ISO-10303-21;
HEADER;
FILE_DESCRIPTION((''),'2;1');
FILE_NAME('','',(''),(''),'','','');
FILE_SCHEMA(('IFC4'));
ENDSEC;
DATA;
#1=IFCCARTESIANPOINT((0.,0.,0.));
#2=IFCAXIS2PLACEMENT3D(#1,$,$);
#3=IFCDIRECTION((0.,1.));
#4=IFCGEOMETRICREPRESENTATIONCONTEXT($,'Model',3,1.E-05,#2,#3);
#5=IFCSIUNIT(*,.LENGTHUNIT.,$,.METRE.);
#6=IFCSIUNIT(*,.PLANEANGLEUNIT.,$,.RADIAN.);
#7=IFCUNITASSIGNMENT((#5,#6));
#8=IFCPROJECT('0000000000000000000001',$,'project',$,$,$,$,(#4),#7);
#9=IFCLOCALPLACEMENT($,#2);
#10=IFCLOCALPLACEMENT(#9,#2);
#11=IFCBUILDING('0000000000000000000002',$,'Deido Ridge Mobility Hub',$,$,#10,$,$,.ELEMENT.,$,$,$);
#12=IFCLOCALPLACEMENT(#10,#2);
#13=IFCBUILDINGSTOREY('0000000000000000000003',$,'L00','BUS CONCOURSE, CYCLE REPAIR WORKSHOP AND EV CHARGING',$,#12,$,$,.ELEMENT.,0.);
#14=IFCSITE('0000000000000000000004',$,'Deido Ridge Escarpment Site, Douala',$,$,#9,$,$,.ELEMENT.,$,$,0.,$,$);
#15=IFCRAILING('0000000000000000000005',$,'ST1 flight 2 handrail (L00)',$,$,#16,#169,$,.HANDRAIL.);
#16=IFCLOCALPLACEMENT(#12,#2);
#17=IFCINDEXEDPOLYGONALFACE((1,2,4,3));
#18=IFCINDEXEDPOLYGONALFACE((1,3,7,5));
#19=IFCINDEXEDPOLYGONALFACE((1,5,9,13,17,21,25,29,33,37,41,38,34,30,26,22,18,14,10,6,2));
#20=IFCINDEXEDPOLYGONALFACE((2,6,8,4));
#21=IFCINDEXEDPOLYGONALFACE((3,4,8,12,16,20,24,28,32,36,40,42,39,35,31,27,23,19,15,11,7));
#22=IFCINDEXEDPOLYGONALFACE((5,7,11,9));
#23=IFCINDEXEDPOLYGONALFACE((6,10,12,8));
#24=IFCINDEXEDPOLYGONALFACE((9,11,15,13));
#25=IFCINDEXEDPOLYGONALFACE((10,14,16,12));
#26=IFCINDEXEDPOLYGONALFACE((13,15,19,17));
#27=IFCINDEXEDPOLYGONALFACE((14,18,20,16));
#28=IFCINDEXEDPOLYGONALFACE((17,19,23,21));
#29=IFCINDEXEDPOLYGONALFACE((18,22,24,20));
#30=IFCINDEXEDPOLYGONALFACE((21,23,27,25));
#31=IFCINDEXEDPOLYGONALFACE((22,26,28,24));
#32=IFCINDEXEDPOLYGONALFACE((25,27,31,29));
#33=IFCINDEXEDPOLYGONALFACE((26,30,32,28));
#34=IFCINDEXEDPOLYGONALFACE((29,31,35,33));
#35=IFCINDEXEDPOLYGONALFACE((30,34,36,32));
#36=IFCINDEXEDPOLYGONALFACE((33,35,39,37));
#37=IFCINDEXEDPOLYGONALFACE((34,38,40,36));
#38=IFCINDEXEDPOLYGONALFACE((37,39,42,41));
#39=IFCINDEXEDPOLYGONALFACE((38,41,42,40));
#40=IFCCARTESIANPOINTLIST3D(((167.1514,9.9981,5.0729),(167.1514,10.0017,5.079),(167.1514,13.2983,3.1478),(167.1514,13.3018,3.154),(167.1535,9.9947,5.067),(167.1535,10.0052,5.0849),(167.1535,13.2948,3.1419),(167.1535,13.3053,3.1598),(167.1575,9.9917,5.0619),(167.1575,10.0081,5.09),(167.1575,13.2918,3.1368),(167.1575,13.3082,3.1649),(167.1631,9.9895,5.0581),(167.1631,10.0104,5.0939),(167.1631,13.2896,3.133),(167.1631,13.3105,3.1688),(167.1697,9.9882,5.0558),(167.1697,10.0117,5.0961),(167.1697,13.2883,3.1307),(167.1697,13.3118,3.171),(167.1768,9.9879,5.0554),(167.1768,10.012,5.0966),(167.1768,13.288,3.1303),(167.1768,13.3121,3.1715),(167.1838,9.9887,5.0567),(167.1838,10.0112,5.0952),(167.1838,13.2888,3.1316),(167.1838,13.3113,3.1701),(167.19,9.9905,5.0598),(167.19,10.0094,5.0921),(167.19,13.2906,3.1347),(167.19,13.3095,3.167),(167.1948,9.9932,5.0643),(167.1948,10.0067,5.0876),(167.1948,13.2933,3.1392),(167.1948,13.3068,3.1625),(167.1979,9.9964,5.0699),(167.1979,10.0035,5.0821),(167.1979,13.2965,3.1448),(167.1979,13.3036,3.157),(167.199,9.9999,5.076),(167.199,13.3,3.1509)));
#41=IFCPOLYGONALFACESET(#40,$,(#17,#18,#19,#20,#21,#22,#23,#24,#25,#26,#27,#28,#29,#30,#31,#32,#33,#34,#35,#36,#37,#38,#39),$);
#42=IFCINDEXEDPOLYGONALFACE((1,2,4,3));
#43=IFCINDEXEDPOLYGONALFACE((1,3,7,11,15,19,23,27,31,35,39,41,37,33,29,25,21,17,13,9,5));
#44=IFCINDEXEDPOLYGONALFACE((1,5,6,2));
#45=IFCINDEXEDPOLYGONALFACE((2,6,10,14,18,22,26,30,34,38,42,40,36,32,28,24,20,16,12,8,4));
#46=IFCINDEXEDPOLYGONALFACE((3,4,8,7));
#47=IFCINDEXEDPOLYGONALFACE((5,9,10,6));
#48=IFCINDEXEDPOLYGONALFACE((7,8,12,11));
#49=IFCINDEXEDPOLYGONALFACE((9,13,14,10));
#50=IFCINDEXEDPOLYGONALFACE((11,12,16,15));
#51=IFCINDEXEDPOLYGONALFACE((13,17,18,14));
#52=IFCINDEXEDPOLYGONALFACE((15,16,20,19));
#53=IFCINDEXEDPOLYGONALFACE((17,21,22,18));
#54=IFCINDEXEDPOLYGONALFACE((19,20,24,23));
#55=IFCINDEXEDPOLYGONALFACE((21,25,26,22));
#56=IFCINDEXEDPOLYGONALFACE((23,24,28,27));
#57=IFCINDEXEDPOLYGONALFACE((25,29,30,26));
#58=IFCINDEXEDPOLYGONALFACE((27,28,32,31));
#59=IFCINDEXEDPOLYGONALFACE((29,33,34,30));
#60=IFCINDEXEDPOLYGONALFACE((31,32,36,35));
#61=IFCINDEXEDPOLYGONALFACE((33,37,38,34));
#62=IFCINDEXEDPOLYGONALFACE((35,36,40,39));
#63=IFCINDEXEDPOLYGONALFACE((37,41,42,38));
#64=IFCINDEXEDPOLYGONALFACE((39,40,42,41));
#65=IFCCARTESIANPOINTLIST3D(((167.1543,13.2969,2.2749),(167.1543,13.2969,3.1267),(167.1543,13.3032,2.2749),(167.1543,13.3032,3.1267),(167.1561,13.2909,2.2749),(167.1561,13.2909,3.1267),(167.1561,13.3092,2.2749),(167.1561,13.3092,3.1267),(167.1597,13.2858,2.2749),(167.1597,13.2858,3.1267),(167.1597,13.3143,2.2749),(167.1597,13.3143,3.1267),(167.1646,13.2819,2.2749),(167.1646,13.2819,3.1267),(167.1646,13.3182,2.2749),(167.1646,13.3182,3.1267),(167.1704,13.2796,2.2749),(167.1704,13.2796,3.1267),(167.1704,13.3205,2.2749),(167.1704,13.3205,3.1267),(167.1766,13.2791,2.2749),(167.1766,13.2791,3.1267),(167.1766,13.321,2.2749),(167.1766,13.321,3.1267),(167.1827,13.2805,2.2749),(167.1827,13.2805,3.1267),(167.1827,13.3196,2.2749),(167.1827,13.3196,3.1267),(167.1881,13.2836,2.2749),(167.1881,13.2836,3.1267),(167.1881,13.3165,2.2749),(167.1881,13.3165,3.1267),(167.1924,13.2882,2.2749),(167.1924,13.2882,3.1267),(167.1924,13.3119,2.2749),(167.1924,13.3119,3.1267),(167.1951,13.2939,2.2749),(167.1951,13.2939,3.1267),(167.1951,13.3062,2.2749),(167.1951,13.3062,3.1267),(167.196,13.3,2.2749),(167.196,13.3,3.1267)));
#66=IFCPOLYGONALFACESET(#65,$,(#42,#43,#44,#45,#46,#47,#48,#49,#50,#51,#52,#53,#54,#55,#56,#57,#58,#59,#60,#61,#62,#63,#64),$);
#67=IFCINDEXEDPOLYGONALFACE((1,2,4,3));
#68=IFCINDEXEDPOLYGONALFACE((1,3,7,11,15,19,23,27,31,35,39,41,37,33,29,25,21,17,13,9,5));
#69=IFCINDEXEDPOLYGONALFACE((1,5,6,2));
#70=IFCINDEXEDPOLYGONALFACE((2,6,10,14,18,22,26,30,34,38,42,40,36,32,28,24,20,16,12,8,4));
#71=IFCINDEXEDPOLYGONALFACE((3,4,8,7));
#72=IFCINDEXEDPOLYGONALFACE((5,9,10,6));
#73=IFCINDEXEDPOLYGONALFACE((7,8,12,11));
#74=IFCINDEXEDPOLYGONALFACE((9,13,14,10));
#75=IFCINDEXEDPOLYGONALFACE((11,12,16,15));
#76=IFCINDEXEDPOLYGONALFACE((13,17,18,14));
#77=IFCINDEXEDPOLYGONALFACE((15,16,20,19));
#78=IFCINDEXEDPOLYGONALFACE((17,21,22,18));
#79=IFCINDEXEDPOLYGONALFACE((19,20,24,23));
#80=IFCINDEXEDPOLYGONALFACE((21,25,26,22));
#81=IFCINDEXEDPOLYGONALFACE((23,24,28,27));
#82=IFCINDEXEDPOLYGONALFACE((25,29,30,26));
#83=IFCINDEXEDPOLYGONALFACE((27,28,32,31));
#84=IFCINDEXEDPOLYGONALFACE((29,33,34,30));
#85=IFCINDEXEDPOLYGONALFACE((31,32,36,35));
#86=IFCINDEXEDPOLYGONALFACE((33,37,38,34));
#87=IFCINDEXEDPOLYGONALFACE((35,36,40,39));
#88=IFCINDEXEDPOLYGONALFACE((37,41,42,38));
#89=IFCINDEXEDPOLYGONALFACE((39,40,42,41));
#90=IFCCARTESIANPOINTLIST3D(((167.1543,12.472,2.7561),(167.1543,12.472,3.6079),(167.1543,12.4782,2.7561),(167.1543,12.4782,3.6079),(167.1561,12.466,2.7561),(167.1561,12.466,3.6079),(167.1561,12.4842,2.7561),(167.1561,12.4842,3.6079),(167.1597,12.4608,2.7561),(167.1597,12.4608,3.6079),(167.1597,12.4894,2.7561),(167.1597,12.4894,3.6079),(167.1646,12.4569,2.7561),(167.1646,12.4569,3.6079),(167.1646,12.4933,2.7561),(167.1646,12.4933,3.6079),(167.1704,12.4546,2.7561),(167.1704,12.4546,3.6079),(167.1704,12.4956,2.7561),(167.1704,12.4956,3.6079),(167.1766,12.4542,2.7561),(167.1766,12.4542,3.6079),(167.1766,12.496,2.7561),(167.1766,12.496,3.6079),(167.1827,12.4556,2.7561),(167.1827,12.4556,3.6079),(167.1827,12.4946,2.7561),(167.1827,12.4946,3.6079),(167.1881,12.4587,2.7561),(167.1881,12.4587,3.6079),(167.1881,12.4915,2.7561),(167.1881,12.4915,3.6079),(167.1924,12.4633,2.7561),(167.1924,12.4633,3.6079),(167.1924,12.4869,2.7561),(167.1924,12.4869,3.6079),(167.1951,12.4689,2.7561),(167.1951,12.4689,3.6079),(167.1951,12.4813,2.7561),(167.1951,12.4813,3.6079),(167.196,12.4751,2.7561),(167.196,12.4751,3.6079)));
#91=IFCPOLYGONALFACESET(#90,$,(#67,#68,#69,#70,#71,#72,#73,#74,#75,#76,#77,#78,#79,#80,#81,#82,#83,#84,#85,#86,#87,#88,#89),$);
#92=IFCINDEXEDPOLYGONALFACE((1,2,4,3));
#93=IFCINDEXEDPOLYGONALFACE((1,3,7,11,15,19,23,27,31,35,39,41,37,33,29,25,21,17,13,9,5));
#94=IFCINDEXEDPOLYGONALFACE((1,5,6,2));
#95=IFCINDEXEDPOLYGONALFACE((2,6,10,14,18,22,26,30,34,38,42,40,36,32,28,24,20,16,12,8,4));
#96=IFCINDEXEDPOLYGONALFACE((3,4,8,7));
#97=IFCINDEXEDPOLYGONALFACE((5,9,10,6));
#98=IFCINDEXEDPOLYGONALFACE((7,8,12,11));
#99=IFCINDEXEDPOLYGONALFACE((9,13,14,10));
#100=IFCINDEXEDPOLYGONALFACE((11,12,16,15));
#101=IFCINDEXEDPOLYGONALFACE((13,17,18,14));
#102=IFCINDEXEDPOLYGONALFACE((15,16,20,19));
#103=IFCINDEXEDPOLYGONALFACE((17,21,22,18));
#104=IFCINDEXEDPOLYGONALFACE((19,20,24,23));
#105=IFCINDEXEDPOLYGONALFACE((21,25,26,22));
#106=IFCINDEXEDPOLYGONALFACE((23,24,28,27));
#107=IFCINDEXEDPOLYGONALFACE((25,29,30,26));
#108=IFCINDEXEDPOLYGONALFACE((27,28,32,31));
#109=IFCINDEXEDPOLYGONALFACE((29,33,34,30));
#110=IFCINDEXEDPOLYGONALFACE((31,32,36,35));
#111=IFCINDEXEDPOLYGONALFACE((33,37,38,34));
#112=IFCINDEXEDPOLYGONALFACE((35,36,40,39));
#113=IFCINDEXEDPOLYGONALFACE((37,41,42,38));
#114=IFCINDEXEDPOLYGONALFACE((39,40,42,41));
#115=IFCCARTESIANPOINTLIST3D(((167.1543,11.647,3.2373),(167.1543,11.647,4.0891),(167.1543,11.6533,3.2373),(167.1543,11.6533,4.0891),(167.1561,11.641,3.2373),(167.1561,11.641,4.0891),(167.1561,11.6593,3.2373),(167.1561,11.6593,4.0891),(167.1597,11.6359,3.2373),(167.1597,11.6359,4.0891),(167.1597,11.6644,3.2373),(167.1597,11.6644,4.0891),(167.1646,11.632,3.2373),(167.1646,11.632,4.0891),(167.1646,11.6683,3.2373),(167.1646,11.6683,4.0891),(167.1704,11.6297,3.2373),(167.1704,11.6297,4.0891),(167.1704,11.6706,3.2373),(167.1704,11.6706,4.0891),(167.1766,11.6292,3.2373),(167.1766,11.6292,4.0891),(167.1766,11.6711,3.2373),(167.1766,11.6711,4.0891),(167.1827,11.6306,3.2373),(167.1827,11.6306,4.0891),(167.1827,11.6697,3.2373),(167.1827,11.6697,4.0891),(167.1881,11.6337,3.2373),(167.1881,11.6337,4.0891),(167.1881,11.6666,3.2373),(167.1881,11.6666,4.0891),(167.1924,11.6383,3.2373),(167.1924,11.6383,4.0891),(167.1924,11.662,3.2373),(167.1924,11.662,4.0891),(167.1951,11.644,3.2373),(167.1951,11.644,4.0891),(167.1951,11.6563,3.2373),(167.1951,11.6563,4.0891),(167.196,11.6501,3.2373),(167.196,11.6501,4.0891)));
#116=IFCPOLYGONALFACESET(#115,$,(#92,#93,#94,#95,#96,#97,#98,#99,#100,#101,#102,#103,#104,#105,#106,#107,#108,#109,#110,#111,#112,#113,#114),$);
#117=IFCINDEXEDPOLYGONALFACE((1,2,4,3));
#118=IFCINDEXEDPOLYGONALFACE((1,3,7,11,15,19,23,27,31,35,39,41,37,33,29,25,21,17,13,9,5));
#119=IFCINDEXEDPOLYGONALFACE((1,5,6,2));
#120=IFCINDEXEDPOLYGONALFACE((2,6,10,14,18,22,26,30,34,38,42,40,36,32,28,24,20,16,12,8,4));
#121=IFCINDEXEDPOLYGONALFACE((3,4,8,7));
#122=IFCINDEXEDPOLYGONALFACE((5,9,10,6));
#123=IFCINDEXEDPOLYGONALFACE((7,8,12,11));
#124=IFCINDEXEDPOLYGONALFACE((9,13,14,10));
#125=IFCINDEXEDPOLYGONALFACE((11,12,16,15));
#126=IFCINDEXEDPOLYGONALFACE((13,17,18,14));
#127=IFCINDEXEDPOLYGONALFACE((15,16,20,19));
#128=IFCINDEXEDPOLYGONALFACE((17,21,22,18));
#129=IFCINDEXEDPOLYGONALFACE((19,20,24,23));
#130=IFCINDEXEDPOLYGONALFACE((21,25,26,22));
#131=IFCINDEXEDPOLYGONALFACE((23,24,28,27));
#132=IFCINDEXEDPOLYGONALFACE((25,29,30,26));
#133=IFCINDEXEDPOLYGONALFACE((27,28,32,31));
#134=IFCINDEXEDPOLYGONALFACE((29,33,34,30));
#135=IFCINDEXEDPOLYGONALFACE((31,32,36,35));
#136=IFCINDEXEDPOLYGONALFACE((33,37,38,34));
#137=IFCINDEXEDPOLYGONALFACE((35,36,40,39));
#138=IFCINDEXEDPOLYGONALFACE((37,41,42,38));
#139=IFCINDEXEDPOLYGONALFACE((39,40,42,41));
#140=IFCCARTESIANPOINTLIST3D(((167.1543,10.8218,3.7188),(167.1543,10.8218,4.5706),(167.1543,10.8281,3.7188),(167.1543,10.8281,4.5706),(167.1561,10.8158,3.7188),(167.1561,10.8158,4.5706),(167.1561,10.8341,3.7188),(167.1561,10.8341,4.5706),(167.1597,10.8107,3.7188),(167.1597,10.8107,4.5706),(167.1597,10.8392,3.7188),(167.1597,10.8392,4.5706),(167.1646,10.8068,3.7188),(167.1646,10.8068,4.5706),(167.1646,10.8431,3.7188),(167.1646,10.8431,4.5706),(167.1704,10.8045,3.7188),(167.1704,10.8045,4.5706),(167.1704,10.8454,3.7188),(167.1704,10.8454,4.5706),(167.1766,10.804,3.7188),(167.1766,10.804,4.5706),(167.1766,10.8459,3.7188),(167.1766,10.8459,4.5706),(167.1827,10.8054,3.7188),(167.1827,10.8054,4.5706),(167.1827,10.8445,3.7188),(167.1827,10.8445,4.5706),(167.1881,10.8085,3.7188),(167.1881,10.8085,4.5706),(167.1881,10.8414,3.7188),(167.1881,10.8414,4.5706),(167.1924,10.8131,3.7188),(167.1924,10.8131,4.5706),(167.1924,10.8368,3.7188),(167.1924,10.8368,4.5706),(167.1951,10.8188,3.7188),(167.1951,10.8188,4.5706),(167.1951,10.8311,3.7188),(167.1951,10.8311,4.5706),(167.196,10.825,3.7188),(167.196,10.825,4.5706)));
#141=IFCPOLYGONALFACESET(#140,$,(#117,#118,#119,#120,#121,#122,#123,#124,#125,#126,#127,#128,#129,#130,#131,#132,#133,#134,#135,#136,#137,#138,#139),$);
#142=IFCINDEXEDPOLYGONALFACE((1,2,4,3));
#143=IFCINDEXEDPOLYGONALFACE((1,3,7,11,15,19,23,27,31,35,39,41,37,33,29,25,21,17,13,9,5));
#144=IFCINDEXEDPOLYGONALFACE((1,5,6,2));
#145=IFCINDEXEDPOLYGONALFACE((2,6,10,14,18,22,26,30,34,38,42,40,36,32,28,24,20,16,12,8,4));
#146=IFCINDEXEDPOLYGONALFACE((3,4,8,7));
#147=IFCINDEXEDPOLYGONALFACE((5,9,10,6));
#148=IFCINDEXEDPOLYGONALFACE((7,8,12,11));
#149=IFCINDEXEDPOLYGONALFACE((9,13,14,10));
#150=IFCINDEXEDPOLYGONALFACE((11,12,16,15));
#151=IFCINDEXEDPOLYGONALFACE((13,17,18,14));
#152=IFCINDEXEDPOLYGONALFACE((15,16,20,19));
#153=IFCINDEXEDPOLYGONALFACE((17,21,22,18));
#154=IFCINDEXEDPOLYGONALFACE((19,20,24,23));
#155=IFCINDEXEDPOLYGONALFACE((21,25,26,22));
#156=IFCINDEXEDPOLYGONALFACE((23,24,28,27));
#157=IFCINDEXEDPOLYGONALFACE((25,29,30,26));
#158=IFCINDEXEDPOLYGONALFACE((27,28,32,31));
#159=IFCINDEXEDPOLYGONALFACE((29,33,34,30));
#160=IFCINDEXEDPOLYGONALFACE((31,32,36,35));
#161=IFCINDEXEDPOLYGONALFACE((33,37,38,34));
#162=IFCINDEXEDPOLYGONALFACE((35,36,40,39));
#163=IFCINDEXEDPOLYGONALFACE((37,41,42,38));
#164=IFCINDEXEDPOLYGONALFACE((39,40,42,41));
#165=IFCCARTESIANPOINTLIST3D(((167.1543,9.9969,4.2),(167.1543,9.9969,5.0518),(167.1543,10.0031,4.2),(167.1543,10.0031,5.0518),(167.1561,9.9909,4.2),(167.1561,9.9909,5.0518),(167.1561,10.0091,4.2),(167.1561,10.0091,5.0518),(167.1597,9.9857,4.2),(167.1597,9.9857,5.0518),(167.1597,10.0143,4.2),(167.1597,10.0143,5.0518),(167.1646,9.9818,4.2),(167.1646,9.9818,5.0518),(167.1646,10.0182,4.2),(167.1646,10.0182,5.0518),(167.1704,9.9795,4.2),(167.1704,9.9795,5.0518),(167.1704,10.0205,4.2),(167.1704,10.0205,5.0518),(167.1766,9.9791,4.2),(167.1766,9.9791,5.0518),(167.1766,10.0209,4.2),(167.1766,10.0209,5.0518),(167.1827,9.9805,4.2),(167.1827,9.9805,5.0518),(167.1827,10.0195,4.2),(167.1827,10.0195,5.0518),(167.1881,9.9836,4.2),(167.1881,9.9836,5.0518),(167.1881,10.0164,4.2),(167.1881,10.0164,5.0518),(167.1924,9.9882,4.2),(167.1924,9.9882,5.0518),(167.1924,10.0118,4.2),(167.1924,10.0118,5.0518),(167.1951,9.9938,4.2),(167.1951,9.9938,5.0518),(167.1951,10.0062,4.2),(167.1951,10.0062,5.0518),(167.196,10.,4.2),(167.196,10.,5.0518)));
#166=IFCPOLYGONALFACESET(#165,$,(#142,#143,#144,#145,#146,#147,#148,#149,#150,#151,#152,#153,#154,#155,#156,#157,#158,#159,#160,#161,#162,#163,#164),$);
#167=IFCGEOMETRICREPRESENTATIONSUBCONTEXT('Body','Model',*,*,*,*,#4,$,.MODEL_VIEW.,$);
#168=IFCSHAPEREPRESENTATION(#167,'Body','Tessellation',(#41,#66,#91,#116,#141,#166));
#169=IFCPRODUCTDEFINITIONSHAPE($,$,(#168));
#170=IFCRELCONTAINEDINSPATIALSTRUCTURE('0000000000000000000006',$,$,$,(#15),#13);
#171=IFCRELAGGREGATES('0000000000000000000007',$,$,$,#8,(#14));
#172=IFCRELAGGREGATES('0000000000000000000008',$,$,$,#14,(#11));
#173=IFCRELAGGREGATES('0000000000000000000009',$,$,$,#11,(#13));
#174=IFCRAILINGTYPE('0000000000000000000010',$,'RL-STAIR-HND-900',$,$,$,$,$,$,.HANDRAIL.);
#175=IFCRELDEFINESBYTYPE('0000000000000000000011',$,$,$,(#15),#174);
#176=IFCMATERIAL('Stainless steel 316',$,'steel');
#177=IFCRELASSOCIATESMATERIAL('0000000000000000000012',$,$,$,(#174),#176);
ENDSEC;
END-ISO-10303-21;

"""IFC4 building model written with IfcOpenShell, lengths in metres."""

from ifc_helpers import new_model, si_unit, direction, frame, origin, origin_2d, place, context, subcontext, project, spatial, circle, extrude, material, type_object, element, save


model = new_model("IFC4")

# Units and contexts
model_context = context("Model", 3, precision=1e-05, world=origin(), true_north=direction((0.0, 1.0)))
body_context = subcontext(model_context, "Body", "Model", "MODEL_VIEW")
ifc_project = project(units=[si_unit("LENGTHUNIT", "METRE"), si_unit("PLANEANGLEUNIT", "RADIAN")], contexts=[model_context])

# Site, building, storey
site_placement = place(None, origin())
site = spatial("IfcSite", under=ifc_project, at=site_placement, Name="Deido Ridge Escarpment Site, Douala", CompositionType="ELEMENT", RefElevation=0.0)
building_placement = place(site_placement, origin())
building = spatial("IfcBuilding", under=site, at=building_placement, Name="Deido Ridge Mobility Hub", CompositionType="ELEMENT")
storey_placement = place(building_placement, origin())
storey = spatial("IfcBuildingStorey", under=building, at=storey_placement, Name="L00", Description="BUS CONCOURSE, CYCLE REPAIR WORKSHOP AND EV CHARGING", CompositionType="ELEMENT", Elevation=0.0)

# Shared definitions
ifc_material_1 = material(Name="Stainless steel 316", Category="steel")

# Railing
railing_type_1 = type_object("IfcRailingType", Name="RL-STAIR-HND-900", PredefinedType="HANDRAIL", material=ifc_material_1)
railing_1_placement = place(storey_placement, frame((167.175, 13.3, 2.2749)))
element("IfcRailing", 1, at=railing_1_placement, inside=storey, type_object=railing_type_1, Name="ST1 flight 2 handrail (L00)", PredefinedType="HANDRAIL", context=body_context, shape_type="SweptSolid", body=[
    extrude(circle(Radius=0.0239, at=origin_2d()), frame((0.0, 0.0, 0.876), z_axis=(0.0, -0.863777, 0.503875), x_axis=(1.0, 0.0, 0.0)), (0.0, 0.0, 1.0), 3.8206),
    extrude(circle(Radius=0.021, at=origin_2d()), origin(), (0.0, 0.0, 1.0), 0.8518),
    extrude(circle(Radius=0.021, at=origin_2d()), frame((0.0, -0.825, 0.4812)), (0.0, 0.0, 1.0), 0.8518),
    extrude(circle(Radius=0.021, at=origin_2d()), frame((0.0, -1.6499, 0.9624)), (0.0, 0.0, 1.0), 0.8518),
    extrude(circle(Radius=0.021, at=origin_2d()), frame((0.0, -2.4751, 1.4438)), (0.0, 0.0, 1.0), 0.8518),
    extrude(circle(Radius=0.021, at=origin_2d()), frame((0.0, -3.3, 1.925)), (0.0, 0.0, 1.0), 0.8518),
])

save(model, "model.ifc")
